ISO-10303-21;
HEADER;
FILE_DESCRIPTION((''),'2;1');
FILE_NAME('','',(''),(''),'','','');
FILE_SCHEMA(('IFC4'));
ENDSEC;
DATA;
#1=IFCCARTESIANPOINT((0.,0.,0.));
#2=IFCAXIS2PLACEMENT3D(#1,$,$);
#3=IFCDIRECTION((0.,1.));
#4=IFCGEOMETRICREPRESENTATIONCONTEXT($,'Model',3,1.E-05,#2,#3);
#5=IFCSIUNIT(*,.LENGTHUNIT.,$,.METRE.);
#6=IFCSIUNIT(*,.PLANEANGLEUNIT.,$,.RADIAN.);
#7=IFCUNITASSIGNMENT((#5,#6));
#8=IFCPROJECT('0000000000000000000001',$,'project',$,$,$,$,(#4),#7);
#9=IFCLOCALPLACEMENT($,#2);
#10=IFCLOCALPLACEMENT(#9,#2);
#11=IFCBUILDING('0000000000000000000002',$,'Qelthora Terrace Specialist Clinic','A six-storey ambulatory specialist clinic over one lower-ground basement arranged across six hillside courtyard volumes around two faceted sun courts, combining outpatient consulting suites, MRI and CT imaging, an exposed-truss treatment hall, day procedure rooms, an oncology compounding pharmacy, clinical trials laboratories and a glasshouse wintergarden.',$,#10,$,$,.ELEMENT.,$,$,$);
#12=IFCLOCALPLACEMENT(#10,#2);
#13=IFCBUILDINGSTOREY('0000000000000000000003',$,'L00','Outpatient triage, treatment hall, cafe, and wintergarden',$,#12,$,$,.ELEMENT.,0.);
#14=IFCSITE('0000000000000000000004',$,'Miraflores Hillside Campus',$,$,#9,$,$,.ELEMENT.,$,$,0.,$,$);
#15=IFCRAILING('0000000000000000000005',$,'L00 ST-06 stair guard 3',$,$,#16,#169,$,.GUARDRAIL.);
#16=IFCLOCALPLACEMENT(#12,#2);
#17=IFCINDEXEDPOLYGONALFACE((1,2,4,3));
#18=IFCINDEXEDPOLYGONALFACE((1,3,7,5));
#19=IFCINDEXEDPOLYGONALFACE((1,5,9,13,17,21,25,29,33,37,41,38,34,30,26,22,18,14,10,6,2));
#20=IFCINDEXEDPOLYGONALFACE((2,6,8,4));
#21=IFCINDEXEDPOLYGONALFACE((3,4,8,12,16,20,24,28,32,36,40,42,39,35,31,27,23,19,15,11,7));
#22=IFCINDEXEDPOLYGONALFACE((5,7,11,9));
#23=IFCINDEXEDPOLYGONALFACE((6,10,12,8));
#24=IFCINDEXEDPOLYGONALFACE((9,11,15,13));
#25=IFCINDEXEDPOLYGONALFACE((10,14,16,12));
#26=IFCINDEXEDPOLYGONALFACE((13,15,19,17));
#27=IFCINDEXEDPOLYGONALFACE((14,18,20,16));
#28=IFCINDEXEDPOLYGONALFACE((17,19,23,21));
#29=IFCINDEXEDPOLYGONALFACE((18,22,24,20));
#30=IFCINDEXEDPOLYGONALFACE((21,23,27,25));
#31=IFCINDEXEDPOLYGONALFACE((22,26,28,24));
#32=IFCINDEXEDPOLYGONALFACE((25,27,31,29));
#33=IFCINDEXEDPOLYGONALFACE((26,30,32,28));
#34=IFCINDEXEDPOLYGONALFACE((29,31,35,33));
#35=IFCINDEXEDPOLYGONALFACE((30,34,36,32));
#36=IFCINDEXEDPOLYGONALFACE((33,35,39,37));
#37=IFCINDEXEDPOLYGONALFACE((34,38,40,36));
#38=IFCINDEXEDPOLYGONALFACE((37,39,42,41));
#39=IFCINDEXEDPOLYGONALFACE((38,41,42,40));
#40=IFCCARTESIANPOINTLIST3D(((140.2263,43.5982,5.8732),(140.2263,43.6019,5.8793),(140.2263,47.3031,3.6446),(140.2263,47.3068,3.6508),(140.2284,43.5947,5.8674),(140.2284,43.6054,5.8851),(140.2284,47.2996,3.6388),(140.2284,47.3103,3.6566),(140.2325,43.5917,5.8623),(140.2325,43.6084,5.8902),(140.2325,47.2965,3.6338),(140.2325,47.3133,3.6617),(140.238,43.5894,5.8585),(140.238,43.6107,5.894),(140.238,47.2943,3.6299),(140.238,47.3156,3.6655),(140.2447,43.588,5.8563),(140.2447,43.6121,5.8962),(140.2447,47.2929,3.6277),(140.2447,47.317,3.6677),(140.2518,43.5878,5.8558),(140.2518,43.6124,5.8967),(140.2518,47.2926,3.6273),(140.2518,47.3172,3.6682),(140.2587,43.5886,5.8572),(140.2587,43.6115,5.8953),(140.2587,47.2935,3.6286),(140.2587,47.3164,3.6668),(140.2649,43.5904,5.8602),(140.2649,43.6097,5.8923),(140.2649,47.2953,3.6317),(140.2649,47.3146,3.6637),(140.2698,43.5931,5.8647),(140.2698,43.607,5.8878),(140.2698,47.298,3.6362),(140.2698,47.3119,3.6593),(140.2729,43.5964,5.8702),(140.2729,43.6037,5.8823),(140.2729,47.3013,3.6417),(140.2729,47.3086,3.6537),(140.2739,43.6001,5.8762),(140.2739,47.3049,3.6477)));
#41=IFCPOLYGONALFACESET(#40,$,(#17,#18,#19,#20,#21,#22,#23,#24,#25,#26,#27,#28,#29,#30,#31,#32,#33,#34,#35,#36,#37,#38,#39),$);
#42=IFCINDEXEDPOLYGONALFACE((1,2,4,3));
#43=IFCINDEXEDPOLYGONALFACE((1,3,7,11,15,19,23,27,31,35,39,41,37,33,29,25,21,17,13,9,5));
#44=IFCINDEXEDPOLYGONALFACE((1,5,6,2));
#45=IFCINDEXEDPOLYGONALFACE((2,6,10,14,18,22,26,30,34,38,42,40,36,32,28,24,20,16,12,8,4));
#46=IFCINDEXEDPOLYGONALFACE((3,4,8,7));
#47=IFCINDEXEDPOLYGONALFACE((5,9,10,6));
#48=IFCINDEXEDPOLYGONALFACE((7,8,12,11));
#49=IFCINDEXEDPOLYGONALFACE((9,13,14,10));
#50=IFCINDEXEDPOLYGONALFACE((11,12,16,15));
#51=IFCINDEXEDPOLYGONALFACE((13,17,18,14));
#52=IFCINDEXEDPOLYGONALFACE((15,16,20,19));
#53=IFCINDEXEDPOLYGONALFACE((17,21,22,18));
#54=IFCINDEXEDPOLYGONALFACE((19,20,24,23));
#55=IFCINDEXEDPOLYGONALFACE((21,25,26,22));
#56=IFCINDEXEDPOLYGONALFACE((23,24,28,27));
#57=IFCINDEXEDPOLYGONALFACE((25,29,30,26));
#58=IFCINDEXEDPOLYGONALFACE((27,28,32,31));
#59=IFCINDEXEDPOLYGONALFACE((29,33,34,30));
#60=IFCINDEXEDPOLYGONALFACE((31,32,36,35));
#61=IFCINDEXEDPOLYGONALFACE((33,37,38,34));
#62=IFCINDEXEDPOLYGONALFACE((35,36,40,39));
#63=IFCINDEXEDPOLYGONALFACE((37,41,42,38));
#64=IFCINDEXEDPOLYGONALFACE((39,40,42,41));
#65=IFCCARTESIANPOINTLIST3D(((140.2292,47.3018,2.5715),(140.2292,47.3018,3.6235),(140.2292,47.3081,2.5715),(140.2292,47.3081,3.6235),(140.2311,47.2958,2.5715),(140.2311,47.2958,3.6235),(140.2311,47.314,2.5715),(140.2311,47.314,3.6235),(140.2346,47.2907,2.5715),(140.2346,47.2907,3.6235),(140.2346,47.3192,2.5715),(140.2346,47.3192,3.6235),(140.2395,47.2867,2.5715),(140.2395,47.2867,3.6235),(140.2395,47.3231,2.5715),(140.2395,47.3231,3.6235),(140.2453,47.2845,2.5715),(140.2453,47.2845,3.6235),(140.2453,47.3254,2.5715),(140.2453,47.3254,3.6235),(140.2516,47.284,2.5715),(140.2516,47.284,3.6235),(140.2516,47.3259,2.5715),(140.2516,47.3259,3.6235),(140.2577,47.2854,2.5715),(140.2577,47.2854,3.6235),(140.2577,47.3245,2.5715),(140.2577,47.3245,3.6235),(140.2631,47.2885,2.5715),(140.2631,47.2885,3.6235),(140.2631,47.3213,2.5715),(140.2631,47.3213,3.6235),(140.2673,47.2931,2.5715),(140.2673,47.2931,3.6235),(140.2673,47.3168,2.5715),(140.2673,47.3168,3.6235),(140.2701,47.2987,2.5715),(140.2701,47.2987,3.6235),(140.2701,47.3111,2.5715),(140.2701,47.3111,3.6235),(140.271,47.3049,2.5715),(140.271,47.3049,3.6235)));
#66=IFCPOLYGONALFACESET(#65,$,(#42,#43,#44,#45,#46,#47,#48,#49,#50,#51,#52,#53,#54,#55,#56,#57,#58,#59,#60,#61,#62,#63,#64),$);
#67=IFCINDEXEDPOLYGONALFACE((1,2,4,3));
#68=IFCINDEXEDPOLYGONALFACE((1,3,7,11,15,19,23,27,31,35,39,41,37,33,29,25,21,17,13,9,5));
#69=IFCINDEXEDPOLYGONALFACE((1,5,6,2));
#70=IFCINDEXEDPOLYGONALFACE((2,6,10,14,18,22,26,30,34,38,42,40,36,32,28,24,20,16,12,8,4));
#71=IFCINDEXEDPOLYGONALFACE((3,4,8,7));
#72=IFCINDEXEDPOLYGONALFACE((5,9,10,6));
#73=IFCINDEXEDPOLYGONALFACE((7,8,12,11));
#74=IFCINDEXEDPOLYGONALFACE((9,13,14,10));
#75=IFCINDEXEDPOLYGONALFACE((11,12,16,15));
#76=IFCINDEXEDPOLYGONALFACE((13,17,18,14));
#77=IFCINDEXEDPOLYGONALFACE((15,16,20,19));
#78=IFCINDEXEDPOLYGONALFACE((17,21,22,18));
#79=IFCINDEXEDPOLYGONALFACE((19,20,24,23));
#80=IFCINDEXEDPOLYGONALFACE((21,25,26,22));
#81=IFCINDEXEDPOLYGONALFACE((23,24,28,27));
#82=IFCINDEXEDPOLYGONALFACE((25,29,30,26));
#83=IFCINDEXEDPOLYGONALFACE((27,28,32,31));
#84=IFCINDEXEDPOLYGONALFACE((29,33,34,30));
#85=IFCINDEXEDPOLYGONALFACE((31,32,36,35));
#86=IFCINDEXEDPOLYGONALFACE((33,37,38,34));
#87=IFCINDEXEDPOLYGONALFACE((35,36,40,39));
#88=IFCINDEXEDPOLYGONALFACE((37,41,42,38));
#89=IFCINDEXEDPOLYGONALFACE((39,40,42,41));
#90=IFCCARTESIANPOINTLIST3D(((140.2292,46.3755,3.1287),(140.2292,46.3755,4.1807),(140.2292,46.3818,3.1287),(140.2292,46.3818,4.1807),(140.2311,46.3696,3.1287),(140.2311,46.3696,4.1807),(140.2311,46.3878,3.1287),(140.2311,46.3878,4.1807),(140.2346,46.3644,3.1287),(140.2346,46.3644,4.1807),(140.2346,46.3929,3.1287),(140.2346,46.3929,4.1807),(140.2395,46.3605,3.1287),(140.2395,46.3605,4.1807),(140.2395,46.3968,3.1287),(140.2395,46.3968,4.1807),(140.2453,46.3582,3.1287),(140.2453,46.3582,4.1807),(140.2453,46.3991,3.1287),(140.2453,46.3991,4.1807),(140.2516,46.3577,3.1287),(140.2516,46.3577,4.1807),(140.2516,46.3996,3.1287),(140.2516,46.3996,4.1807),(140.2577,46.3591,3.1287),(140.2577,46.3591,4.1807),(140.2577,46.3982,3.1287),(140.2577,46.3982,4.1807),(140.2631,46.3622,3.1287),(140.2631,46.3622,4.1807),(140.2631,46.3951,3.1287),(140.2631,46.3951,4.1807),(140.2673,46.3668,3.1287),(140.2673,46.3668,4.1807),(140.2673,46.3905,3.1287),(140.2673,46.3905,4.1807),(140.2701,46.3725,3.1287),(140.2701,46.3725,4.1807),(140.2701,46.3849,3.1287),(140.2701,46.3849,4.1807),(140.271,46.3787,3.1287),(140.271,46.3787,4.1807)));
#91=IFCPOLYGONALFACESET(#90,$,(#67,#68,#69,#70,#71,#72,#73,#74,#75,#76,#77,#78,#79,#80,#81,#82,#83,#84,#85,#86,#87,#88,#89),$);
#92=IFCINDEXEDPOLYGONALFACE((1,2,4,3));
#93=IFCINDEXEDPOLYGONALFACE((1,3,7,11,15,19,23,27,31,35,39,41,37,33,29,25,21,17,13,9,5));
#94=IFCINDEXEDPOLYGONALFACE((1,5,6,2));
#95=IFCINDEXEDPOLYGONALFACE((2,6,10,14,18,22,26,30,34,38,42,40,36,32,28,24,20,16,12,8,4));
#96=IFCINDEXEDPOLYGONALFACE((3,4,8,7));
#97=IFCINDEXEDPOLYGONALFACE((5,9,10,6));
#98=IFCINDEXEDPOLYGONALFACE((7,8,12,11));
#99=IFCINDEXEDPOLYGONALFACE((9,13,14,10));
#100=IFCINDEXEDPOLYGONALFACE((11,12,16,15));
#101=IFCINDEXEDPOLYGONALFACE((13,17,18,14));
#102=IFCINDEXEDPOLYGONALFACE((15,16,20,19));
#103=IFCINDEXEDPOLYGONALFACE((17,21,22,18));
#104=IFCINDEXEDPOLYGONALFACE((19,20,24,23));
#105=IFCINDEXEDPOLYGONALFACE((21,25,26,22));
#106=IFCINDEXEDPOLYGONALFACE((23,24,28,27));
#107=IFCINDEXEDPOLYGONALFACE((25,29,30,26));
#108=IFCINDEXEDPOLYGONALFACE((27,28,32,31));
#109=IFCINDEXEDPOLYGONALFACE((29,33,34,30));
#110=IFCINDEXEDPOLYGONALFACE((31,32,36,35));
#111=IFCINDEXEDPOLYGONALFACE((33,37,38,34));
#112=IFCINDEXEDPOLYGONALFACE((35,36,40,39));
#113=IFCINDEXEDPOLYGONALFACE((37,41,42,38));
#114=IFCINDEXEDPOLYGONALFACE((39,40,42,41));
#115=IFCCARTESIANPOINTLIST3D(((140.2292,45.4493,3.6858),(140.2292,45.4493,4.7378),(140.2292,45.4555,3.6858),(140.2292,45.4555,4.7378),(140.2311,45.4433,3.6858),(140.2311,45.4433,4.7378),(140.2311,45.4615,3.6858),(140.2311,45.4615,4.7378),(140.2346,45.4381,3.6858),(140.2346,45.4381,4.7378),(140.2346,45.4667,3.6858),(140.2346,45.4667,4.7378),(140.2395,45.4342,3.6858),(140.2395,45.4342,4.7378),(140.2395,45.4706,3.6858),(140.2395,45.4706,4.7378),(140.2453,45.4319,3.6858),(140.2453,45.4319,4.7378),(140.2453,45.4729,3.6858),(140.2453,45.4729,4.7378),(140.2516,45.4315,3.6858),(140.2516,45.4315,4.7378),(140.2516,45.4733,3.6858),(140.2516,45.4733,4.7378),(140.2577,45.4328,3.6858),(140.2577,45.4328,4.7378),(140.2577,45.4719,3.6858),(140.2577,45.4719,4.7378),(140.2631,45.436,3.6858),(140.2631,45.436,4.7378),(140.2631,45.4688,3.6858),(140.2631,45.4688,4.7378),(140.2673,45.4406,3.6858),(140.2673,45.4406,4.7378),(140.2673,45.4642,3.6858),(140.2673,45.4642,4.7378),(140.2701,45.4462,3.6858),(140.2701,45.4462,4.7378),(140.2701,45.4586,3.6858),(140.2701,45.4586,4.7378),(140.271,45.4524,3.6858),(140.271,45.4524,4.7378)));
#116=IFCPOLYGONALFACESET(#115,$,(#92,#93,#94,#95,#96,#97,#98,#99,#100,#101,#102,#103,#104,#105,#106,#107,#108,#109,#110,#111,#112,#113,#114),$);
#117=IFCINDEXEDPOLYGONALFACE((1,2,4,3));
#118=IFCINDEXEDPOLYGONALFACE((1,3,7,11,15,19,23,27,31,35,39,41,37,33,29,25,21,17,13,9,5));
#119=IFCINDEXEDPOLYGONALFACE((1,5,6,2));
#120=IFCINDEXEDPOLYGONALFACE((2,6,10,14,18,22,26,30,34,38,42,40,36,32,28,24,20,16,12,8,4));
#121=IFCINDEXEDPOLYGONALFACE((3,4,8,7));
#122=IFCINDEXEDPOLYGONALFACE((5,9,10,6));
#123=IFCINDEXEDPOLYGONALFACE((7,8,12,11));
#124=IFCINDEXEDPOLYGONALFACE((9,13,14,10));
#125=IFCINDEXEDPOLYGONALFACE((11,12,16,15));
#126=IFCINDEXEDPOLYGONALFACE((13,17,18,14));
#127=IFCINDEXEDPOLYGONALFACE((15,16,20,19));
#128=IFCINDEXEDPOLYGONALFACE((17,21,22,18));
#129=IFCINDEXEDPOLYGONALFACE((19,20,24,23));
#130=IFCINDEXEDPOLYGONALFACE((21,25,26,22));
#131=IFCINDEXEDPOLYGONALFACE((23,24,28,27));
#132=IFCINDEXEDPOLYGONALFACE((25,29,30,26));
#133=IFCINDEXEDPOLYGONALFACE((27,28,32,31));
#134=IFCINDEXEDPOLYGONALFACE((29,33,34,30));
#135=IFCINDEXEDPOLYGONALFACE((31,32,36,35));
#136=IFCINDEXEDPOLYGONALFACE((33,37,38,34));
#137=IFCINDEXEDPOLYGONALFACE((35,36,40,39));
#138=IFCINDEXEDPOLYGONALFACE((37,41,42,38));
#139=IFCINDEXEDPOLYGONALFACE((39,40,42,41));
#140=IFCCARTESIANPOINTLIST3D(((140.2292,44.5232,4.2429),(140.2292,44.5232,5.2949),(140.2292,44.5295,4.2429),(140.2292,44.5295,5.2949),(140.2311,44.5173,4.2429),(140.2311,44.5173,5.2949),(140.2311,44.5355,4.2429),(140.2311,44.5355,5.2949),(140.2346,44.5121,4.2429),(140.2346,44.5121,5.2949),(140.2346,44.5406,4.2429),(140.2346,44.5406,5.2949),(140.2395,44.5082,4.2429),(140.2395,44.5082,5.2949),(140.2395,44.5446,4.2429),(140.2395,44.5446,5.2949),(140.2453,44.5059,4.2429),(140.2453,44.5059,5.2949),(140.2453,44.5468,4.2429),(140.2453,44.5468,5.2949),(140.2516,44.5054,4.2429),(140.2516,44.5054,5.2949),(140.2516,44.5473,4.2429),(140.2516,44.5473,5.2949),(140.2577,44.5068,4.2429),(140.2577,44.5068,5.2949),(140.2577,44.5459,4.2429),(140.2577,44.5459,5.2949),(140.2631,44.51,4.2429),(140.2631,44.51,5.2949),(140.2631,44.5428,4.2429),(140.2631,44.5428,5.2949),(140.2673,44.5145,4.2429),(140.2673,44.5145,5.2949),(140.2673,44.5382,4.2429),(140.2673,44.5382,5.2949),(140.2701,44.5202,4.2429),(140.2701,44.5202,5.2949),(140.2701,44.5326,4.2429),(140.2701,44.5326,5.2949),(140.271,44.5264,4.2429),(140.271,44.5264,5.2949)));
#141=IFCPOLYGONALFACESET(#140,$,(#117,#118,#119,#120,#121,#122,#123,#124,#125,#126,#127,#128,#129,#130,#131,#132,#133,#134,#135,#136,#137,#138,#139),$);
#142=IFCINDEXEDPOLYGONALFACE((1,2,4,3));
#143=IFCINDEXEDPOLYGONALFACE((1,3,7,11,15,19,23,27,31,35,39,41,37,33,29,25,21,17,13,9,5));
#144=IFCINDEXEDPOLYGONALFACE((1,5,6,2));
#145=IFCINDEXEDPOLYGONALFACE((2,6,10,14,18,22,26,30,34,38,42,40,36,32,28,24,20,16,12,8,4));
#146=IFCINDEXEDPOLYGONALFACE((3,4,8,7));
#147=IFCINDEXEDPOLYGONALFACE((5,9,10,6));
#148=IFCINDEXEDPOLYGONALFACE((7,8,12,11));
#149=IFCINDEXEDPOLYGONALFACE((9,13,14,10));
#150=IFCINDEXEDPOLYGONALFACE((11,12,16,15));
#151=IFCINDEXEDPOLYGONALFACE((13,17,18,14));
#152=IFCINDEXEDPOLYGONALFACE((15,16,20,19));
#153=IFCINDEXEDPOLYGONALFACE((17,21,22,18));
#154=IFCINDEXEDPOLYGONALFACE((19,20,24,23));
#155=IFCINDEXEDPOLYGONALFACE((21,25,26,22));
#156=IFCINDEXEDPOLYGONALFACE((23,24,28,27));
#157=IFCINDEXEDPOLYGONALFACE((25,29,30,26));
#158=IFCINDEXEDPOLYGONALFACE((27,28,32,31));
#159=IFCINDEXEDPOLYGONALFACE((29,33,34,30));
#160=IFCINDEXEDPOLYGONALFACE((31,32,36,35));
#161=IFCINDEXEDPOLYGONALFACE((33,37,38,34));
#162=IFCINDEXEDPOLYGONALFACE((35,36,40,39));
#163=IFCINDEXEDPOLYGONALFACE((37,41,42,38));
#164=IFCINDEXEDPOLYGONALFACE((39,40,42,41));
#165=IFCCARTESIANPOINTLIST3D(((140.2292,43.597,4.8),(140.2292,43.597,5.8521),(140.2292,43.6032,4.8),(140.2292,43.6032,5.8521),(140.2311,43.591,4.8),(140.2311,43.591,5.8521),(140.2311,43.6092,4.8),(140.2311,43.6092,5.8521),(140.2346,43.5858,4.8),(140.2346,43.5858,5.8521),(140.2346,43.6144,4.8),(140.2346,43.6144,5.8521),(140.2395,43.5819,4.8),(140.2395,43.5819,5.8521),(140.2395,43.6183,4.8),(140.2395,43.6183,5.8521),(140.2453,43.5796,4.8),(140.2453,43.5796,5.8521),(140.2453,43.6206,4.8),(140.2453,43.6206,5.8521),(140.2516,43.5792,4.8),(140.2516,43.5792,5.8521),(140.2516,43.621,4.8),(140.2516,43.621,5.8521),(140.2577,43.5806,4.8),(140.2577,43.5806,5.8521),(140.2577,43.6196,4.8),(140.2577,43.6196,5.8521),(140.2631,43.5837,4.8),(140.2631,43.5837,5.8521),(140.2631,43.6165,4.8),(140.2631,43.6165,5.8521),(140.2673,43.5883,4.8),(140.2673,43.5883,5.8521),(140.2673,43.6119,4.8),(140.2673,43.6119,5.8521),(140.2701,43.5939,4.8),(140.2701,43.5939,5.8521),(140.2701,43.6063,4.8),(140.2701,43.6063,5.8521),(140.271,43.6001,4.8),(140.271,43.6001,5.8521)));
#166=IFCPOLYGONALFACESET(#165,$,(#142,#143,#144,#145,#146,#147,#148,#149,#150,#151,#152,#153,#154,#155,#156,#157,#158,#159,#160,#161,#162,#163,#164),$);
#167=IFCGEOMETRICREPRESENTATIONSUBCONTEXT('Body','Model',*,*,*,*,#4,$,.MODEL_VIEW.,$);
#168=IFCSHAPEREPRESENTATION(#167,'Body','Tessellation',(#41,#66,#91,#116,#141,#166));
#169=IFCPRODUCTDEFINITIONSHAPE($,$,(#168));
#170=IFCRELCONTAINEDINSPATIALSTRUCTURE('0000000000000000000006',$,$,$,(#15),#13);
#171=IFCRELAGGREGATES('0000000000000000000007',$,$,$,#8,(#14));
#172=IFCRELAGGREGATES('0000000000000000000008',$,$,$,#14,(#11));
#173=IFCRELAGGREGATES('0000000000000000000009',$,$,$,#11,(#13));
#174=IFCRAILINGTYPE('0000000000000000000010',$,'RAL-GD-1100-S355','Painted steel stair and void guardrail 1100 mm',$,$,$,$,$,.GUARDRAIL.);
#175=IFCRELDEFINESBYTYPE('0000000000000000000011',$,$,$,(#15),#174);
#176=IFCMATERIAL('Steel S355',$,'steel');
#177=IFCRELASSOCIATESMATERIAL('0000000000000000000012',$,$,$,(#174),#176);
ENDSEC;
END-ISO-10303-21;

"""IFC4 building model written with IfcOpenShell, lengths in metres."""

from ifc_helpers import new_model, si_unit, direction, frame, origin, origin_2d, place, context, subcontext, project, spatial, circle, extrude, material, type_object, element, save


model = new_model("IFC4")

# Units and contexts
model_context = context("Model", 3, precision=1e-05, world=origin(), true_north=direction((0.0, 1.0)))
body_context = subcontext(model_context, "Body", "Model", "MODEL_VIEW")
ifc_project = project(units=[si_unit("LENGTHUNIT", "METRE"), si_unit("PLANEANGLEUNIT", "RADIAN")], contexts=[model_context])

# Site, building, storey
site_placement = place(None, origin())
site = spatial("IfcSite", under=ifc_project, at=site_placement, Name="Miraflores Hillside Campus", CompositionType="ELEMENT", RefElevation=0.0)
building_placement = place(site_placement, origin())
building = spatial("IfcBuilding", under=site, at=building_placement, Name="Qelthora Terrace Specialist Clinic", Description="A six-storey ambulatory specialist clinic over one lower-ground basement arranged across six hillside courtyard volumes around two faceted sun courts, combining outpatient consulting suites, MRI and CT imaging, an exposed-truss treatment hall, day procedure rooms, an oncology compounding pharmacy, clinical trials laboratories and a glasshouse wintergarden.", CompositionType="ELEMENT")
storey_placement = place(building_placement, origin())
storey = spatial("IfcBuildingStorey", under=building, at=storey_placement, Name="L00", Description="Outpatient triage, treatment hall, cafe, and wintergarden", CompositionType="ELEMENT", Elevation=0.0)

# Railing
ifc_material_1 = material(Name="Steel S355", Category="steel")
railing_type_1 = type_object("IfcRailingType", Name="RAL-GD-1100-S355", Description="Painted steel stair and void guardrail 1100 mm", PredefinedType="GUARDRAIL", material=ifc_material_1)
railing_1_placement = place(storey_placement, frame((140.25, 47.3049, 2.5715)))
element("IfcRailing", 1, at=railing_1_placement, inside=storey, type_object=railing_type_1, Name="L00 ST-06 stair guard 3", PredefinedType="GUARDRAIL", context=body_context, shape_type="SweptSolid", body=[
    extrude(circle(Radius=0.0239, at=origin_2d()), frame((0.0, 0.0, 1.0762), z_axis=(0.0, -0.856919, 0.51545), x_axis=(1.0, 0.0, 0.0)), (0.0, 0.0, 1.0), 4.3235),
    extrude(circle(Radius=0.021, at=origin_2d()), origin(), (0.0, 0.0, 1.0), 1.052),
    extrude(circle(Radius=0.021, at=origin_2d()), frame((0.0, -0.9263, 0.5571)), (0.0, 0.0, 1.0), 1.052),
    extrude(circle(Radius=0.021, at=origin_2d()), frame((0.0, -1.8525, 1.1143)), (0.0, 0.0, 1.0), 1.052),
    extrude(circle(Radius=0.021, at=origin_2d()), frame((0.0, -2.7786, 1.6714)), (0.0, 0.0, 1.0), 1.052),
    extrude(circle(Radius=0.021, at=origin_2d()), frame((0.0, -3.7048, 2.2285)), (0.0, 0.0, 1.0), 1.052),
])

save(model, "model.ifc")
